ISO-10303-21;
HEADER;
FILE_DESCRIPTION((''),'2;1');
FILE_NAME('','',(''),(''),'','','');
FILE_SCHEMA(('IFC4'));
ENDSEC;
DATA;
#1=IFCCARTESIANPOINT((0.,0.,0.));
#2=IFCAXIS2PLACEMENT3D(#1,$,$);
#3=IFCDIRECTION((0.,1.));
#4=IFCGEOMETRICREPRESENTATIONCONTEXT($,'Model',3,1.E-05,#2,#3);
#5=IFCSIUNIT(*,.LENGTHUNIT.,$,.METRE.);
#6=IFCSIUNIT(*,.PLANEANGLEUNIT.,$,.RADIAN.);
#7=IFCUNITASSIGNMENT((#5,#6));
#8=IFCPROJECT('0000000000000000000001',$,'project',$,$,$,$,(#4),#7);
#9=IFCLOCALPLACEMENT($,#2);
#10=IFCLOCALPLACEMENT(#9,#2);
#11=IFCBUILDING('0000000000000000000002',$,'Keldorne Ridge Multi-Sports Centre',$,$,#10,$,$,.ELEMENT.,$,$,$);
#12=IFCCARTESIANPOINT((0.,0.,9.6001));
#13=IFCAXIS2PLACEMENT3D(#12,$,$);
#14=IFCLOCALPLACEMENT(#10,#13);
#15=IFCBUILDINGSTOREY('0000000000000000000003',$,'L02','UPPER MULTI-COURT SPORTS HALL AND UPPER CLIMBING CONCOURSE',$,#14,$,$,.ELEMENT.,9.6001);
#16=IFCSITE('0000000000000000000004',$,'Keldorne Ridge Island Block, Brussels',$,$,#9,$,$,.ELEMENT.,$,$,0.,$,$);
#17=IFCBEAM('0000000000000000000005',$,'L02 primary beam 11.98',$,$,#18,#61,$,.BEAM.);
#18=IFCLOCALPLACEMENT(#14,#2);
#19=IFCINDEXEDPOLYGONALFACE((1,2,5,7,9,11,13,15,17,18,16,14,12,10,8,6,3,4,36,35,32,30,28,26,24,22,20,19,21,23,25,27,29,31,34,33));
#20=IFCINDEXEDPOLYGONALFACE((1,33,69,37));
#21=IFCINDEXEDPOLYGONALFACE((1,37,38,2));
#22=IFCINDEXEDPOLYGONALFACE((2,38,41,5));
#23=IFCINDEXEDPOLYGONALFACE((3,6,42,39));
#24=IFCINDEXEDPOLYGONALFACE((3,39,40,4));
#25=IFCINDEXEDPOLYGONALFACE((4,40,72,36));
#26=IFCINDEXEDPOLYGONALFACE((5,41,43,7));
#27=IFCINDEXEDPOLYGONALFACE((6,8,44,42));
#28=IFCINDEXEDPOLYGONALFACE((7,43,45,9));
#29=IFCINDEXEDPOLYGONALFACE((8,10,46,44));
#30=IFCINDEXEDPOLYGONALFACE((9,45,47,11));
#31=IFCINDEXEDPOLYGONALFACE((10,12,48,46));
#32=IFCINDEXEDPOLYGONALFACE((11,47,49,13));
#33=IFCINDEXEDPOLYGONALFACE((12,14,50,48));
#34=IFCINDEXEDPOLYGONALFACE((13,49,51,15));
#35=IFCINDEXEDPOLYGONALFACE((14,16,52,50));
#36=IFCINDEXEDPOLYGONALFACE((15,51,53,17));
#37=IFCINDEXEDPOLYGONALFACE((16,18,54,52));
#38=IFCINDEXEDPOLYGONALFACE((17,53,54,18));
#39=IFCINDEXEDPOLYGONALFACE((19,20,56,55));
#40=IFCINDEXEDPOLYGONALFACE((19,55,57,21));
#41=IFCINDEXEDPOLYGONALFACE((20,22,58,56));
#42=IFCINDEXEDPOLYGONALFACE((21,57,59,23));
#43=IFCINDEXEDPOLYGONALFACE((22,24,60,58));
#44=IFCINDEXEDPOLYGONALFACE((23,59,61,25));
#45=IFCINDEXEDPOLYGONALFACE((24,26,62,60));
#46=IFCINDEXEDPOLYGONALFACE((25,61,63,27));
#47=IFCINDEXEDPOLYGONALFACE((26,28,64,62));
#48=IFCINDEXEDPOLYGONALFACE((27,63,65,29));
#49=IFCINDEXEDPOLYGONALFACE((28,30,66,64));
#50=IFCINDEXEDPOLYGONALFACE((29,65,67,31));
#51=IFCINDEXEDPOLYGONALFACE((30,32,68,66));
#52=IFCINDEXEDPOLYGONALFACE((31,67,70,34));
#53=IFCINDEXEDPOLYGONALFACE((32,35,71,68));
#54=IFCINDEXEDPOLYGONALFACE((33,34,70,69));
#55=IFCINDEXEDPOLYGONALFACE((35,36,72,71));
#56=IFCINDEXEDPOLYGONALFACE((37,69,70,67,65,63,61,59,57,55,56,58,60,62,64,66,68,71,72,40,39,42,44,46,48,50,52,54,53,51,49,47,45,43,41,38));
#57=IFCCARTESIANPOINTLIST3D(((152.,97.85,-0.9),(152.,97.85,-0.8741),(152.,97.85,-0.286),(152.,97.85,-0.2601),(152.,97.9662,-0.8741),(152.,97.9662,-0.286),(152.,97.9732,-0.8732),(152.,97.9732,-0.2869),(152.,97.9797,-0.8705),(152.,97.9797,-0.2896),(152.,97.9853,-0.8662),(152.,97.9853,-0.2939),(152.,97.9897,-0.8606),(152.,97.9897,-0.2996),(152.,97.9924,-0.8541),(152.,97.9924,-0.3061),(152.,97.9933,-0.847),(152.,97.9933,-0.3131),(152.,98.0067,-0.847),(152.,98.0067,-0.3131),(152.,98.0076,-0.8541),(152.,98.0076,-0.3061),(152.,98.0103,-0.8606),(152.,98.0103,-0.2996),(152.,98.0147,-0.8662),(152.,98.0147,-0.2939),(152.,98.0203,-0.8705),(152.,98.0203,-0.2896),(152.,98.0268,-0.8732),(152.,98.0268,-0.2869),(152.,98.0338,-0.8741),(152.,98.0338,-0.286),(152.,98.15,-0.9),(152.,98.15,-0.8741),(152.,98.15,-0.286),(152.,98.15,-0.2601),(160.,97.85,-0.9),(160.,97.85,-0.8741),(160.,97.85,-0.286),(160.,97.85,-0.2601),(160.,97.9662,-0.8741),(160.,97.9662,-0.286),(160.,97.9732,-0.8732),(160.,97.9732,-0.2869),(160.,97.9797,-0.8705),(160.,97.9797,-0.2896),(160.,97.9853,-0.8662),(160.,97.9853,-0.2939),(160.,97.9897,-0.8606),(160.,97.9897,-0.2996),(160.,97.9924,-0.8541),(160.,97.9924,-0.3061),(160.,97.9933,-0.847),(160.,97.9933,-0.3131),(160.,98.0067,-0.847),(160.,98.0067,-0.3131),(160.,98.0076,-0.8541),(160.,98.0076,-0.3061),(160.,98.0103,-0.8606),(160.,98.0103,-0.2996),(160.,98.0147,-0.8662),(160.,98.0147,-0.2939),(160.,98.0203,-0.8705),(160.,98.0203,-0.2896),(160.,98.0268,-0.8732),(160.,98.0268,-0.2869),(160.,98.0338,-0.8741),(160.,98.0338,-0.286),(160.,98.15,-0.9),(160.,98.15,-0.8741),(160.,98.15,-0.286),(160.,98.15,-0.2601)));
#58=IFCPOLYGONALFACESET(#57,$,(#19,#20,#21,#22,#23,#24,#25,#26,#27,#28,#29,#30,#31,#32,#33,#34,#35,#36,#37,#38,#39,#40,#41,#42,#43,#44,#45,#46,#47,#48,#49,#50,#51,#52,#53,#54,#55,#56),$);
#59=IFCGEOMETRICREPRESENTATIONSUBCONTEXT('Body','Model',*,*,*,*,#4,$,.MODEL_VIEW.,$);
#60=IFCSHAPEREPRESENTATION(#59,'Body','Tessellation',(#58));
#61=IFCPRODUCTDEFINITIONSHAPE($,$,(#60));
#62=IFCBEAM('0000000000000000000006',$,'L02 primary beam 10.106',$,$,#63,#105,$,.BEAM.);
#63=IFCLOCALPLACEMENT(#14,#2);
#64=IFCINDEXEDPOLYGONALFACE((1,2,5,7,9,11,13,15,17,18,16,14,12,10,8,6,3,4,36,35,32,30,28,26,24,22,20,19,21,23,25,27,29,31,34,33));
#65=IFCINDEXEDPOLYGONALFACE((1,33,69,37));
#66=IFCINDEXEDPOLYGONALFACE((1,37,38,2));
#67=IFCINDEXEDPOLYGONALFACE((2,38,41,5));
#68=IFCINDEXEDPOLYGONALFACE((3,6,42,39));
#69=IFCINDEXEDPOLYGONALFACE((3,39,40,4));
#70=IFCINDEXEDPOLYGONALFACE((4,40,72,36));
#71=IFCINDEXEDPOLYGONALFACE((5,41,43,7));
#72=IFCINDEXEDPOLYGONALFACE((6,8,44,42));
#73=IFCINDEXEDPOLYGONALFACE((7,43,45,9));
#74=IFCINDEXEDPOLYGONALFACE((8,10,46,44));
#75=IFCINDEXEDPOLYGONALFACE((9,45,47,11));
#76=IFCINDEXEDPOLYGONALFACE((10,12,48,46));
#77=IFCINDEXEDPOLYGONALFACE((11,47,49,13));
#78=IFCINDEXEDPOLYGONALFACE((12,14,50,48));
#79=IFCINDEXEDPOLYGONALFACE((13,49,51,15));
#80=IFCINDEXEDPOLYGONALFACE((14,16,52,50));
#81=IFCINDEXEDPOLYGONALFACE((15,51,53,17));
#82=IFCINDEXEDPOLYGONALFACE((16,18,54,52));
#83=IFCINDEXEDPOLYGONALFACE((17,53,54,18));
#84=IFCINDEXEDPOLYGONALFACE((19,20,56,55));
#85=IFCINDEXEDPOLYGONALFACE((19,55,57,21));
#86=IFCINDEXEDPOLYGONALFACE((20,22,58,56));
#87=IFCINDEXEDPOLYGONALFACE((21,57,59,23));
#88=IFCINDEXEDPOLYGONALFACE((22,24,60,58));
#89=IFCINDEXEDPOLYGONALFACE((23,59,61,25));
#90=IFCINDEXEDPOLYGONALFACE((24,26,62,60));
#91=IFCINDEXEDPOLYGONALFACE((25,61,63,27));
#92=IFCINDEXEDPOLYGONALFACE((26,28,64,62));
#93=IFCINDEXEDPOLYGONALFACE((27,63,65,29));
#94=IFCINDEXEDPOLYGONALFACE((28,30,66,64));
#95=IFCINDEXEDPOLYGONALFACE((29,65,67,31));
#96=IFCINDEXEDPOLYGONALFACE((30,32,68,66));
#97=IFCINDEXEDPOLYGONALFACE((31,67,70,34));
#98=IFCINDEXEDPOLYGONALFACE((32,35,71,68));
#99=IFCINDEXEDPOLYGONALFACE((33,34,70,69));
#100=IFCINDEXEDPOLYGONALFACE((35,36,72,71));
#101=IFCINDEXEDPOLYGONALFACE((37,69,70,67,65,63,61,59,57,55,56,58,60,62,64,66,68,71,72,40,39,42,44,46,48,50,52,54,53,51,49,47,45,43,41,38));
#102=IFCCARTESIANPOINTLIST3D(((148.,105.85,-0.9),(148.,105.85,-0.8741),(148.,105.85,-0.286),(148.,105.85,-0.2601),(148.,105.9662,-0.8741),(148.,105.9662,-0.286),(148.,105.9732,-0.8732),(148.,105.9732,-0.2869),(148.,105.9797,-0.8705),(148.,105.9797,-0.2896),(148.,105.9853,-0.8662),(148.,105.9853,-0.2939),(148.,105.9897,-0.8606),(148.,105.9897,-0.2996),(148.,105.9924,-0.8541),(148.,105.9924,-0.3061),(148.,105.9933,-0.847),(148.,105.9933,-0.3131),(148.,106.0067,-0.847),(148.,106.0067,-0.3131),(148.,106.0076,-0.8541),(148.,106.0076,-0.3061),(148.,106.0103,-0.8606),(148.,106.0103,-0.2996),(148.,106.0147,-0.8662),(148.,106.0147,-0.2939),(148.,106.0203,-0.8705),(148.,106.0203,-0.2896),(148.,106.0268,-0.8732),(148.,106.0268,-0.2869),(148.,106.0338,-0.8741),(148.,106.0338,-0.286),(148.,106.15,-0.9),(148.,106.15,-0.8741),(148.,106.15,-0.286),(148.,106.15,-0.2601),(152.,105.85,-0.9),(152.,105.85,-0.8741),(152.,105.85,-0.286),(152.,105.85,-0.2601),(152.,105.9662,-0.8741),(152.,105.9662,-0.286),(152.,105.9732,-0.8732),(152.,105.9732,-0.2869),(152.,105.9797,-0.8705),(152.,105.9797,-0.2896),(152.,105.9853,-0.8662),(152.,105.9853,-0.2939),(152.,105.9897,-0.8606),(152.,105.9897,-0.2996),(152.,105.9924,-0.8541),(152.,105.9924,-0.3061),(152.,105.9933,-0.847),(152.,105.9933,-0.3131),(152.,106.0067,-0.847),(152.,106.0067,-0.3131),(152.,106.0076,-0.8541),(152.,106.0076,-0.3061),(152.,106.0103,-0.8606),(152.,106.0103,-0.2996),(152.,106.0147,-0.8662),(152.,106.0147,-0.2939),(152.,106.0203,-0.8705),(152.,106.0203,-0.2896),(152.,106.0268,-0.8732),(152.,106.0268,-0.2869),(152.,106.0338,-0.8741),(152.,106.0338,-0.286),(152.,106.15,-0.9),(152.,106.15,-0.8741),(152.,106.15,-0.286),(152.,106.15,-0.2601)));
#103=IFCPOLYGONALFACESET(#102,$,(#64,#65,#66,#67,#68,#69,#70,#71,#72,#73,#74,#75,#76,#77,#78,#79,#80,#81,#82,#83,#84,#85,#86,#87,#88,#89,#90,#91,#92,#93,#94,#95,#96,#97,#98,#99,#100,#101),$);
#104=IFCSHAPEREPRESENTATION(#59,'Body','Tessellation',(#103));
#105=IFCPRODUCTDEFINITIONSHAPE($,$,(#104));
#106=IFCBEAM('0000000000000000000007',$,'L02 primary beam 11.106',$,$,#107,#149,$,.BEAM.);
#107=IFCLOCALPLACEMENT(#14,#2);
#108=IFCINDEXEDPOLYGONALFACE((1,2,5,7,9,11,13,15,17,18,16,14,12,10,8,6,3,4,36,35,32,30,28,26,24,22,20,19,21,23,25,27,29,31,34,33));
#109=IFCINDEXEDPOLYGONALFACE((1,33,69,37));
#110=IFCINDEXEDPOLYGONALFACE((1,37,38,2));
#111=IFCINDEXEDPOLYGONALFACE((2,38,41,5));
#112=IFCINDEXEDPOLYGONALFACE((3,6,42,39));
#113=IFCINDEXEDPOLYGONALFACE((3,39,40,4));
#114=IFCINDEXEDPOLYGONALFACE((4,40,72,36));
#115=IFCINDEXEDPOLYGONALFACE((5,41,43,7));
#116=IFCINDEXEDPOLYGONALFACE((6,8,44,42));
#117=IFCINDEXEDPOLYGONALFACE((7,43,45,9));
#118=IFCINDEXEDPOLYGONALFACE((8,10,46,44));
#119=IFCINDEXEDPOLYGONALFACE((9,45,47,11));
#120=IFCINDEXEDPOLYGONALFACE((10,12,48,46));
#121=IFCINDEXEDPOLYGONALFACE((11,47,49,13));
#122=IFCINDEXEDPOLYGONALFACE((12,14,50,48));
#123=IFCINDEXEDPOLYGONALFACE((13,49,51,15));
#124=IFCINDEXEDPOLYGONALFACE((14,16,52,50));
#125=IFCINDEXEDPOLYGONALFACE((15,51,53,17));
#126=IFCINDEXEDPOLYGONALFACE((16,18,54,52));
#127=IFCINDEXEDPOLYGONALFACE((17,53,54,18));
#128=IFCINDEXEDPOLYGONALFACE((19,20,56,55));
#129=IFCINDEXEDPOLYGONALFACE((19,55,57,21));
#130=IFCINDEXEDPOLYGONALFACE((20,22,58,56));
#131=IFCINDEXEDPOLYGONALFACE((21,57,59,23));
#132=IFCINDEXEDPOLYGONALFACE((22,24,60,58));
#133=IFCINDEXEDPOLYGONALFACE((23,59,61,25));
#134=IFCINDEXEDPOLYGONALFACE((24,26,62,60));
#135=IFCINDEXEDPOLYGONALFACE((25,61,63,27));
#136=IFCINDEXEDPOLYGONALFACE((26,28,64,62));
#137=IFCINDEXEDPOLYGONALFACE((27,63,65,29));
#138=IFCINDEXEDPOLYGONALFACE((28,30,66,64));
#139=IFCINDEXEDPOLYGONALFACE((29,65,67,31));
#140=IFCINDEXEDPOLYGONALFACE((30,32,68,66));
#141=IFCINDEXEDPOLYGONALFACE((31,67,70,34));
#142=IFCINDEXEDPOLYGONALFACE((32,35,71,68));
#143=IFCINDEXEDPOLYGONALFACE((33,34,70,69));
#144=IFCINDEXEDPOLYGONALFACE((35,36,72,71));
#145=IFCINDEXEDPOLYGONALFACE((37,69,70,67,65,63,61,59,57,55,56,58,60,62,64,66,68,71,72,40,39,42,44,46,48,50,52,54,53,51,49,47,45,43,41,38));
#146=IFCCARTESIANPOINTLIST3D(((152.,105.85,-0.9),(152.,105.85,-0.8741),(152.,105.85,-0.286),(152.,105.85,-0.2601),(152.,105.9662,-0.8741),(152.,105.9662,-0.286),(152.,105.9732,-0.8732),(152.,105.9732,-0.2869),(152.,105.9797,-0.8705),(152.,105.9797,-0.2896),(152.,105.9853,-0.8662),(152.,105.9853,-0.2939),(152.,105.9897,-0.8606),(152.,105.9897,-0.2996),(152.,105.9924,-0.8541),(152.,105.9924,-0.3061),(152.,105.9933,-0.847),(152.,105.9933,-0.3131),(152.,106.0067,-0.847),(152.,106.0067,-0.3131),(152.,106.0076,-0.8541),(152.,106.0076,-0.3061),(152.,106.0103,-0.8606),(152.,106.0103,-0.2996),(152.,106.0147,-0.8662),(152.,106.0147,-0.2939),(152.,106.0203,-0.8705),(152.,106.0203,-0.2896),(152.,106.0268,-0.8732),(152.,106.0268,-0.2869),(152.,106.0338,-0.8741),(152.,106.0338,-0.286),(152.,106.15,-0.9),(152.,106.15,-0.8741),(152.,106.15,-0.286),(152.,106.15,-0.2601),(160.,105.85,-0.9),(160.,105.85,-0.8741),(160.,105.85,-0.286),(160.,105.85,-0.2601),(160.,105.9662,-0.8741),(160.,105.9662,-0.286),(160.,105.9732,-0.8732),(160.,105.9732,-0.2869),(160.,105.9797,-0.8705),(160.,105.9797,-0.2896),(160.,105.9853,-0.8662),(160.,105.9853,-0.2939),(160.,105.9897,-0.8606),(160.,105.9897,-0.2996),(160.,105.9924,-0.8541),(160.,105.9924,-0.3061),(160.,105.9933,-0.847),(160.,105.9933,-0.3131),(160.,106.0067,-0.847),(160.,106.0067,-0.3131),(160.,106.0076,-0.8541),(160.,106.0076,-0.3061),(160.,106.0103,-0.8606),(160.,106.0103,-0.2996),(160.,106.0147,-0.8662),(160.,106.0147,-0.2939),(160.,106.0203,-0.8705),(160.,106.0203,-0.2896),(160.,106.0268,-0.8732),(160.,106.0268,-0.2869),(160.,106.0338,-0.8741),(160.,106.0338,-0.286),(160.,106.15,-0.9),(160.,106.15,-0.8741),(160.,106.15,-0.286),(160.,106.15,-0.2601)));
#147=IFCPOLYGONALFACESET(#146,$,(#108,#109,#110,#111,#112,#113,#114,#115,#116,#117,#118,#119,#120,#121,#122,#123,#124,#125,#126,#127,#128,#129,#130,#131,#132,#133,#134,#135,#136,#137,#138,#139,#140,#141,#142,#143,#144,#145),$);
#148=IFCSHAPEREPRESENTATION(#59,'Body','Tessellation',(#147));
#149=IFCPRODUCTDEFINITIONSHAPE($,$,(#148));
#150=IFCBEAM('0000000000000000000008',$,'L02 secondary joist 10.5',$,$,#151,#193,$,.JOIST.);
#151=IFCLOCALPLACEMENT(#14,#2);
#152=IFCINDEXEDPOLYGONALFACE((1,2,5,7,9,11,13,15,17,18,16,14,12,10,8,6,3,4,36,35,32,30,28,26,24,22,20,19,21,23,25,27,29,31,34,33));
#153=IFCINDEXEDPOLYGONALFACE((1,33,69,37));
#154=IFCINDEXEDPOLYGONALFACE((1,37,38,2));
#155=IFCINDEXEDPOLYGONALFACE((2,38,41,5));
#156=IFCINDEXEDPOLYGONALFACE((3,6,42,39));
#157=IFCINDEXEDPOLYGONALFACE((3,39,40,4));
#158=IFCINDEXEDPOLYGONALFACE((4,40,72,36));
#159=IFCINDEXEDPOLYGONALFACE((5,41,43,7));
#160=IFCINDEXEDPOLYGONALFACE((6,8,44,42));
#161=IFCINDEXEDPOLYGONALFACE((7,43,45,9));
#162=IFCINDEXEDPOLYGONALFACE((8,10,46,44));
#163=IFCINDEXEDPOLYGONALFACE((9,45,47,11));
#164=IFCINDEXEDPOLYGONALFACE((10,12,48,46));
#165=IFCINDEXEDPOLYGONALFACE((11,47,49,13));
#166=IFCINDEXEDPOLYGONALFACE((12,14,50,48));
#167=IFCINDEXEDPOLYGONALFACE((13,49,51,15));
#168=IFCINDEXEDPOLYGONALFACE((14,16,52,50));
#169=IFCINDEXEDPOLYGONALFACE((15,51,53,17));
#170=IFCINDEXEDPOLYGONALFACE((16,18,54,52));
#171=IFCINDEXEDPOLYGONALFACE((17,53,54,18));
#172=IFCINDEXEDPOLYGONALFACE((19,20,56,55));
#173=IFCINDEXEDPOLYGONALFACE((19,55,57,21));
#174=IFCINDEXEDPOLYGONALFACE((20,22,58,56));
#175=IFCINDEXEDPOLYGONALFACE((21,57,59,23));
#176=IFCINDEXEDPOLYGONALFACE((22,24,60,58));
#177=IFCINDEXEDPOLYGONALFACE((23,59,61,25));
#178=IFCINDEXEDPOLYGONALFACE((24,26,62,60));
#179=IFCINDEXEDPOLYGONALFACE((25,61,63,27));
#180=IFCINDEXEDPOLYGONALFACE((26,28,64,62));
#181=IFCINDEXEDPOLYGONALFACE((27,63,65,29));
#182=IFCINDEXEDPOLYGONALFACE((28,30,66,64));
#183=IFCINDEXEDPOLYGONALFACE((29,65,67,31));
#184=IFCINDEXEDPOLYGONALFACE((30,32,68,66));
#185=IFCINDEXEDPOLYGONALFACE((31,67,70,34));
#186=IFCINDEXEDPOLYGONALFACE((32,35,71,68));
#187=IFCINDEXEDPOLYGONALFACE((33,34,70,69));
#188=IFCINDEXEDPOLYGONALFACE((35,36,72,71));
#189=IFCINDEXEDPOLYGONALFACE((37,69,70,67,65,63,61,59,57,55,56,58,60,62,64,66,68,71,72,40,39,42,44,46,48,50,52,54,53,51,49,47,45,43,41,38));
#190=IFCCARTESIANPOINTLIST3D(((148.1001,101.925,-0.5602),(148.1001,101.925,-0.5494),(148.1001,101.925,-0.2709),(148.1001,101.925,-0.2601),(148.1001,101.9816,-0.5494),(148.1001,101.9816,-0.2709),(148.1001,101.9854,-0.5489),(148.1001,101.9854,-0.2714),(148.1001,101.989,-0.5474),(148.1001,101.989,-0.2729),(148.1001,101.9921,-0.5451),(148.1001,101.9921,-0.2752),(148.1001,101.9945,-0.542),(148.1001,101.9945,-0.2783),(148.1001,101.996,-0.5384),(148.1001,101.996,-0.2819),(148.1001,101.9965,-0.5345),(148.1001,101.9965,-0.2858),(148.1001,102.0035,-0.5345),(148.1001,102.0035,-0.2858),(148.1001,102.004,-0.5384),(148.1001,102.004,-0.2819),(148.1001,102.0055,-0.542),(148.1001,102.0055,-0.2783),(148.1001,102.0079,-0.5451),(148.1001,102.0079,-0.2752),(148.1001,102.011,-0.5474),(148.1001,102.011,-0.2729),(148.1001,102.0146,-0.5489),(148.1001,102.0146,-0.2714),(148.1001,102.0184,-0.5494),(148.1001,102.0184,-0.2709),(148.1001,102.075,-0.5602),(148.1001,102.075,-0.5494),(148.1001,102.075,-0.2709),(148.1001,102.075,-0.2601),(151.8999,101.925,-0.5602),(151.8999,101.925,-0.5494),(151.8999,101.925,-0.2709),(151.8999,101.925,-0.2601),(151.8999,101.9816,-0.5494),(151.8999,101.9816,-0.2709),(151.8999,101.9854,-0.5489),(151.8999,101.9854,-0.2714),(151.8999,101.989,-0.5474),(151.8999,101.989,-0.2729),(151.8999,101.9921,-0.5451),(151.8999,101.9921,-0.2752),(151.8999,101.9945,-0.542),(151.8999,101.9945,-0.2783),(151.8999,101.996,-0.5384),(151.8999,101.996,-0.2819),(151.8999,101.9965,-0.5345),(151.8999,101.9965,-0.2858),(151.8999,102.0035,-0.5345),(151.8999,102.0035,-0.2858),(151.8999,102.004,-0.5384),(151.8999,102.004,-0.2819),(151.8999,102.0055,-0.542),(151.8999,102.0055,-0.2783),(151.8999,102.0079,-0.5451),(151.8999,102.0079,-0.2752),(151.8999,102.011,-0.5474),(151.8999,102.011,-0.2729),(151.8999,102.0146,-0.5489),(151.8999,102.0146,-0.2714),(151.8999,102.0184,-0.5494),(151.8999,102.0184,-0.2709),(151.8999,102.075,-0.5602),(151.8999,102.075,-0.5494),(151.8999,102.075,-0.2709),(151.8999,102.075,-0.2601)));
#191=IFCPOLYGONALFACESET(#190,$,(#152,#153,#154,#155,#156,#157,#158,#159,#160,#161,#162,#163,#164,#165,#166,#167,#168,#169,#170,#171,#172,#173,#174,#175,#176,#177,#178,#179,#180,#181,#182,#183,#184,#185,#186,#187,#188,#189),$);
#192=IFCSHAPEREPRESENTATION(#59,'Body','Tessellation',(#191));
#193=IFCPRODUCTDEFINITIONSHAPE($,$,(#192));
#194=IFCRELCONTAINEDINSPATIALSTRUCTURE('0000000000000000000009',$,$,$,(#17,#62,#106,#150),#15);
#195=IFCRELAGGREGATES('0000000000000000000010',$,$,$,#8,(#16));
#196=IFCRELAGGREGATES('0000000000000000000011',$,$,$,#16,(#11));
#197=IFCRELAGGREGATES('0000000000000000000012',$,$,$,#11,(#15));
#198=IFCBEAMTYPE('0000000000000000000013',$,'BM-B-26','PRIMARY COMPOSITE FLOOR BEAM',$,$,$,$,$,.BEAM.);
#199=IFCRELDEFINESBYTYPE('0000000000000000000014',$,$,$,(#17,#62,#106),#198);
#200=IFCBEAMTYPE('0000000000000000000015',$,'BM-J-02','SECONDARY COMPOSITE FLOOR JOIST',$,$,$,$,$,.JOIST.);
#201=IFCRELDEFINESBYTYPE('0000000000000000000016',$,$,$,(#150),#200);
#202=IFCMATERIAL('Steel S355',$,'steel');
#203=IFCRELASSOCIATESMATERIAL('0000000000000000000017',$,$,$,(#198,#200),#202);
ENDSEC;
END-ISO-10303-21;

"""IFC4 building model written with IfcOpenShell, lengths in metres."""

from ifc_helpers import new_model, si_unit, direction, frame, origin, origin_2d, place, context, subcontext, project, spatial, i_section, extrude, material, material_profile, profile_set, type_object, element, save


model = new_model("IFC4")

# Units and contexts
model_context = context("Model", 3, precision=1e-05, world=origin(), true_north=direction((0.0, 1.0)))
body_context = subcontext(model_context, "Body", "Model", "MODEL_VIEW")
ifc_project = project(units=[si_unit("LENGTHUNIT", "METRE"), si_unit("PLANEANGLEUNIT", "RADIAN")], contexts=[model_context])

# Site, building, storey
site_placement = place(None, origin())
site = spatial("IfcSite", under=ifc_project, at=site_placement, Name="Keldorne Ridge Island Block, Brussels", CompositionType="ELEMENT", RefElevation=0.0)
building_placement = place(site_placement, origin())
building = spatial("IfcBuilding", under=site, at=building_placement, Name="Keldorne Ridge Multi-Sports Centre", CompositionType="ELEMENT")
storey_placement = place(building_placement, frame((0.0, 0.0, 9.6001)))
storey = spatial("IfcBuildingStorey", under=building, at=storey_placement, Name="L02", Description="UPPER MULTI-COURT SPORTS HALL AND UPPER CLIMBING CONCOURSE", CompositionType="ELEMENT", Elevation=9.6001)

# Shared definitions
ifc_material_1 = material(Name="Steel S355", Category="steel")

# Beams
ifc_material_profile_1 = material_profile(ifc_material_1, i_section(OverallWidth=0.3, OverallDepth=0.6399, WebThickness=0.0134, FlangeThickness=0.0259, FilletRadius=0.0271, at=origin_2d()), Name="HEA 650")
ifc_profile_set_1 = profile_set([ifc_material_profile_1], Name="Steel S355")
beam_type_1 = type_object("IfcBeamType", Name="BM-B-26", Description="PRIMARY COMPOSITE FLOOR BEAM", PredefinedType="BEAM", material=ifc_profile_set_1)
beam_1_placement = place(storey_placement, frame((152.0, 98.0, -0.5801), z_axis=(1.0, 0.0, 0.0), x_axis=(0.0, 1.0, 0.0)))
element("IfcBeam", 1, at=beam_1_placement, inside=storey, type_object=beam_type_1, Name="L02 primary beam 11.98", PredefinedType="BEAM", context=body_context, shape_type="SweptSolid", body=[
    extrude(i_section(OverallWidth=0.3, OverallDepth=0.6399, WebThickness=0.0134, FlangeThickness=0.0259, FilletRadius=0.0271, at=origin_2d()), origin(), (0.0, 0.0, 1.0), 8.0),
])
beam_2_placement = place(storey_placement, frame((148.0, 106.0, -0.5801), z_axis=(1.0, 0.0, 0.0), x_axis=(0.0, 1.0, 0.0)))
element("IfcBeam", 2, at=beam_2_placement, inside=storey, type_object=beam_type_1, Name="L02 primary beam 10.106", PredefinedType="BEAM", context=body_context, shape_type="SweptSolid", body=[
    extrude(i_section(OverallWidth=0.3, OverallDepth=0.6399, WebThickness=0.0134, FlangeThickness=0.0259, FilletRadius=0.0271, at=origin_2d()), origin(), (0.0, 0.0, 1.0), 4.0),
])
beam_3_placement = place(storey_placement, frame((152.0, 106.0, -0.5801), z_axis=(1.0, 0.0, 0.0), x_axis=(0.0, 1.0, 0.0)))
element("IfcBeam", 3, at=beam_3_placement, inside=storey, type_object=beam_type_1, Name="L02 primary beam 11.106", PredefinedType="BEAM", context=body_context, shape_type="SweptSolid", body=[
    extrude(i_section(OverallWidth=0.3, OverallDepth=0.6399, WebThickness=0.0134, FlangeThickness=0.0259, FilletRadius=0.0271, at=origin_2d()), origin(), (0.0, 0.0, 1.0), 8.0),
])
ifc_material_profile_2 = material_profile(ifc_material_1, i_section(OverallWidth=0.1499, OverallDepth=0.3, WebThickness=0.0071, FlangeThickness=0.0107, FilletRadius=0.0149, at=origin_2d()), Name="IPE 300")
ifc_profile_set_2 = profile_set([ifc_material_profile_2], Name="Steel S355")
beam_type_2 = type_object("IfcBeamType", Name="BM-J-02", Description="SECONDARY COMPOSITE FLOOR JOIST", PredefinedType="JOIST", material=ifc_profile_set_2)
beam_4_placement = place(storey_placement, frame((148.1001, 102.0, -0.4102), z_axis=(1.0, 0.0, 0.0), x_axis=(0.0, 1.0, 0.0)))
element("IfcBeam", 4, at=beam_4_placement, inside=storey, type_object=beam_type_2, Name="L02 secondary joist 10.5", PredefinedType="JOIST", context=body_context, shape_type="SweptSolid", body=[
    extrude(i_section(OverallWidth=0.1499, OverallDepth=0.3, WebThickness=0.0071, FlangeThickness=0.0107, FilletRadius=0.0149, at=origin_2d()), origin(), (0.0, 0.0, 1.0), 3.7998),
])

save(model, "model.ifc")
